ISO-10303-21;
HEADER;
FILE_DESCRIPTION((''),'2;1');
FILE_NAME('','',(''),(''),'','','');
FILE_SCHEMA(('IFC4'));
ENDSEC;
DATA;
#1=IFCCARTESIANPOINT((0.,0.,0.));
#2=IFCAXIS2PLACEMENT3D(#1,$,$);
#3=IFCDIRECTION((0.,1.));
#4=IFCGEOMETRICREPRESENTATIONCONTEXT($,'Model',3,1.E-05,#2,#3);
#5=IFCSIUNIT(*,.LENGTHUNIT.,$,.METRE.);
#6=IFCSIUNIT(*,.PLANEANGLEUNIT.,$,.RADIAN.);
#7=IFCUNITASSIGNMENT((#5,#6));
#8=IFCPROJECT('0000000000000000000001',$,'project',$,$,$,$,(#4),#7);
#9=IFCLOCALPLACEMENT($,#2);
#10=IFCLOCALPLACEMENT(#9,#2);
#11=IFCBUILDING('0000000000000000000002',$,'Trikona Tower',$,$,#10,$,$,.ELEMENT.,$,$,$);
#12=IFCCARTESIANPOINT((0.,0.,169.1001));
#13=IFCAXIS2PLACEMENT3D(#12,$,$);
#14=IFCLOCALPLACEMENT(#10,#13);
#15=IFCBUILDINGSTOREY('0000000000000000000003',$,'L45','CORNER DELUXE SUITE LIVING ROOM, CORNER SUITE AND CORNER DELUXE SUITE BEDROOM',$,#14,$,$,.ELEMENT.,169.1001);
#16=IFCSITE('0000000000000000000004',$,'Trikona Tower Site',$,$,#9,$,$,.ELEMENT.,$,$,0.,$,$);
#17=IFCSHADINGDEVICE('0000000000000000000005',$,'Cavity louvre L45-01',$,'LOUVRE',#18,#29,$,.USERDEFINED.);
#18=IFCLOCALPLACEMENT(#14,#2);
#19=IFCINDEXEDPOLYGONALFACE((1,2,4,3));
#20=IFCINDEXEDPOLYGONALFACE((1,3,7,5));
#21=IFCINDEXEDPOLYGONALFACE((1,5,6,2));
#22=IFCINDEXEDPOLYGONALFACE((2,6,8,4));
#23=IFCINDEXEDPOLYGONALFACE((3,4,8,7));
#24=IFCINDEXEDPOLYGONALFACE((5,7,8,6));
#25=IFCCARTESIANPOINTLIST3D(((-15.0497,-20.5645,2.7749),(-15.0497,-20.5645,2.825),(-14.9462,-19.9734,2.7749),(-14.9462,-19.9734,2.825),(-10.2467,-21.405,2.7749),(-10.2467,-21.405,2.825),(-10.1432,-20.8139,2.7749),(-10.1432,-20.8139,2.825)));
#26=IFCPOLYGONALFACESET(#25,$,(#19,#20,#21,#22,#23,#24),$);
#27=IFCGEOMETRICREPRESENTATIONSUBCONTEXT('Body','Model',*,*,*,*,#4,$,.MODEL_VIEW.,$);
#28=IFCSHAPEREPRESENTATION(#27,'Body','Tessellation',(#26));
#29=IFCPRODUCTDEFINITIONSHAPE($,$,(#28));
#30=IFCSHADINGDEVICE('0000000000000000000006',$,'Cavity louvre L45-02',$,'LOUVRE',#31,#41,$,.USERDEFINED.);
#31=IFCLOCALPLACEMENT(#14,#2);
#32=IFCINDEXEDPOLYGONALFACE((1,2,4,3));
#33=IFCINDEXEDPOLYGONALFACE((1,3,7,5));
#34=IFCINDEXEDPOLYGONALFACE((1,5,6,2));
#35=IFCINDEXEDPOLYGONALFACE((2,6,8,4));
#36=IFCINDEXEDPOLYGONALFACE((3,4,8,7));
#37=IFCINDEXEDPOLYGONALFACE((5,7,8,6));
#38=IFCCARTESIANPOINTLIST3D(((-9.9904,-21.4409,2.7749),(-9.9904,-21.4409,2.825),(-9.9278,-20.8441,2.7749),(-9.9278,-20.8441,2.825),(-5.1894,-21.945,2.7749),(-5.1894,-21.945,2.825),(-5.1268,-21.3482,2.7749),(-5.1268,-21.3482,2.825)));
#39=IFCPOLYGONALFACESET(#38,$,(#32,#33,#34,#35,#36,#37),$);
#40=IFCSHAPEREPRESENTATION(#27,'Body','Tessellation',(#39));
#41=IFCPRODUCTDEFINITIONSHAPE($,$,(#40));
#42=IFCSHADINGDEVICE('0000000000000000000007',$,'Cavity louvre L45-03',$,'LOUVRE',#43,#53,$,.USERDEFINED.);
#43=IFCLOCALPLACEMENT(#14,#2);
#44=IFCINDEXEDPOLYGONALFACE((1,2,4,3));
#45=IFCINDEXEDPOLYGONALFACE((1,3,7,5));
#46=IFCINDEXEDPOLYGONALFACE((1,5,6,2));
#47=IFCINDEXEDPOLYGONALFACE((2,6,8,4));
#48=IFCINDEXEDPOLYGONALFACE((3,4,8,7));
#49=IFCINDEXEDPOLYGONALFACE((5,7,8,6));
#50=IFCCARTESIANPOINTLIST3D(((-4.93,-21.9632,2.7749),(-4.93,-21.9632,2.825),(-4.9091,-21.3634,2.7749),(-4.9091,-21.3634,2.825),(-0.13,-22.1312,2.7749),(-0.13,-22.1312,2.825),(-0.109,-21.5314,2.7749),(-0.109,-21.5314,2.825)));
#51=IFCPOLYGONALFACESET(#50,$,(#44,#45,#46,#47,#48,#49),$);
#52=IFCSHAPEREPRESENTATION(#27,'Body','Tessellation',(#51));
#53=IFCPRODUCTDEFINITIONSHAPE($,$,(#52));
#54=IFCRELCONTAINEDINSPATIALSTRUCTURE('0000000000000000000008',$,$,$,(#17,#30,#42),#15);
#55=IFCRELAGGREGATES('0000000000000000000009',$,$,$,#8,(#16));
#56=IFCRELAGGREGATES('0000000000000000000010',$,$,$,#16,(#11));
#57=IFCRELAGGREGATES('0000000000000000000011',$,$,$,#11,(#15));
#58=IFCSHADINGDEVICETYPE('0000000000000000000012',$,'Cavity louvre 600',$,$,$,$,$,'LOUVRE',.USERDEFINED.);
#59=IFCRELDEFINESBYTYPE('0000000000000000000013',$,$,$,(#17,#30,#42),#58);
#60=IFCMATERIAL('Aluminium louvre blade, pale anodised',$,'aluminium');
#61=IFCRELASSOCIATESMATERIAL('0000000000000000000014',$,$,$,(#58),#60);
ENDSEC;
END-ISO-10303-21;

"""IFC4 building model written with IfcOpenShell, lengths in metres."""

from ifc_helpers import new_model, si_unit, direction, frame, origin, origin_2d, place, context, subcontext, project, spatial, rectangle, extrude, material, type_object, element, save


model = new_model("IFC4")

# Units and contexts
model_context = context("Model", 3, precision=1e-05, world=origin(), true_north=direction((0.0, 1.0)))
body_context = subcontext(model_context, "Body", "Model", "MODEL_VIEW")
ifc_project = project(units=[si_unit("LENGTHUNIT", "METRE"), si_unit("PLANEANGLEUNIT", "RADIAN")], contexts=[model_context])

# Site, building, storey
site_placement = place(None, origin())
site = spatial("IfcSite", under=ifc_project, at=site_placement, Name="Trikona Tower Site", CompositionType="ELEMENT", RefElevation=0.0)
building_placement = place(site_placement, origin())
building = spatial("IfcBuilding", under=site, at=building_placement, Name="Trikona Tower", CompositionType="ELEMENT")
storey_placement = place(building_placement, frame((0.0, 0.0, 169.1001)))
storey = spatial("IfcBuildingStorey", under=building, at=storey_placement, Name="L45", Description="CORNER DELUXE SUITE LIVING ROOM, CORNER SUITE AND CORNER DELUXE SUITE BEDROOM", CompositionType="ELEMENT", Elevation=169.1001)

# Shading devices
ifc_material_1 = material(Name="Aluminium louvre blade, pale anodised", Category="aluminium")
shading_device_type = type_object("IfcShadingDeviceType", Name="Cavity louvre 600", ElementType="LOUVRE", PredefinedType="USERDEFINED", material=ifc_material_1)
shading_device_1_placement = place(storey_placement, frame((-12.5964, -20.6892, 2.7749), z_axis=(0.0, 0.0, 1.0), x_axis=(0.985031, -0.17238, 0.0)))
element("IfcShadingDevice", 1, at=shading_device_1_placement, inside=storey, type_object=shading_device_type, Name="Cavity louvre L45-01", ObjectType="LOUVRE", PredefinedType="USERDEFINED", context=body_context, shape_type="SweptSolid", body=[
    extrude(rectangle(XDim=4.876, YDim=0.6001, at=origin_2d()), origin(), (0.0, 0.0, 1.0), 0.05),
])
shading_device_2_placement = place(storey_placement, frame((-7.5586, -21.3945, 2.7749), z_axis=(0.0, 0.0, 1.0), x_axis=(0.994533, -0.104426, 0.0)))
element("IfcShadingDevice", 2, at=shading_device_2_placement, inside=storey, type_object=shading_device_type, Name="Cavity louvre L45-02", ObjectType="LOUVRE", PredefinedType="USERDEFINED", context=body_context, shape_type="SweptSolid", body=[
    extrude(rectangle(XDim=4.8274, YDim=0.6001, at=origin_2d()), origin(), (0.0, 0.0, 1.0), 0.05),
])
shading_device_3_placement = place(storey_placement, frame((-2.5195, -21.7473, 2.7749), z_axis=(0.0, 0.0, 1.0), x_axis=(0.999388, -0.034978, 0.0)))
element("IfcShadingDevice", 3, at=shading_device_3_placement, inside=storey, type_object=shading_device_type, Name="Cavity louvre L45-03", ObjectType="LOUVRE", PredefinedType="USERDEFINED", context=body_context, shape_type="SweptSolid", body=[
    extrude(rectangle(XDim=4.803, YDim=0.6001, at=origin_2d()), origin(), (0.0, 0.0, 1.0), 0.05),
])

save(model, "model.ifc")
